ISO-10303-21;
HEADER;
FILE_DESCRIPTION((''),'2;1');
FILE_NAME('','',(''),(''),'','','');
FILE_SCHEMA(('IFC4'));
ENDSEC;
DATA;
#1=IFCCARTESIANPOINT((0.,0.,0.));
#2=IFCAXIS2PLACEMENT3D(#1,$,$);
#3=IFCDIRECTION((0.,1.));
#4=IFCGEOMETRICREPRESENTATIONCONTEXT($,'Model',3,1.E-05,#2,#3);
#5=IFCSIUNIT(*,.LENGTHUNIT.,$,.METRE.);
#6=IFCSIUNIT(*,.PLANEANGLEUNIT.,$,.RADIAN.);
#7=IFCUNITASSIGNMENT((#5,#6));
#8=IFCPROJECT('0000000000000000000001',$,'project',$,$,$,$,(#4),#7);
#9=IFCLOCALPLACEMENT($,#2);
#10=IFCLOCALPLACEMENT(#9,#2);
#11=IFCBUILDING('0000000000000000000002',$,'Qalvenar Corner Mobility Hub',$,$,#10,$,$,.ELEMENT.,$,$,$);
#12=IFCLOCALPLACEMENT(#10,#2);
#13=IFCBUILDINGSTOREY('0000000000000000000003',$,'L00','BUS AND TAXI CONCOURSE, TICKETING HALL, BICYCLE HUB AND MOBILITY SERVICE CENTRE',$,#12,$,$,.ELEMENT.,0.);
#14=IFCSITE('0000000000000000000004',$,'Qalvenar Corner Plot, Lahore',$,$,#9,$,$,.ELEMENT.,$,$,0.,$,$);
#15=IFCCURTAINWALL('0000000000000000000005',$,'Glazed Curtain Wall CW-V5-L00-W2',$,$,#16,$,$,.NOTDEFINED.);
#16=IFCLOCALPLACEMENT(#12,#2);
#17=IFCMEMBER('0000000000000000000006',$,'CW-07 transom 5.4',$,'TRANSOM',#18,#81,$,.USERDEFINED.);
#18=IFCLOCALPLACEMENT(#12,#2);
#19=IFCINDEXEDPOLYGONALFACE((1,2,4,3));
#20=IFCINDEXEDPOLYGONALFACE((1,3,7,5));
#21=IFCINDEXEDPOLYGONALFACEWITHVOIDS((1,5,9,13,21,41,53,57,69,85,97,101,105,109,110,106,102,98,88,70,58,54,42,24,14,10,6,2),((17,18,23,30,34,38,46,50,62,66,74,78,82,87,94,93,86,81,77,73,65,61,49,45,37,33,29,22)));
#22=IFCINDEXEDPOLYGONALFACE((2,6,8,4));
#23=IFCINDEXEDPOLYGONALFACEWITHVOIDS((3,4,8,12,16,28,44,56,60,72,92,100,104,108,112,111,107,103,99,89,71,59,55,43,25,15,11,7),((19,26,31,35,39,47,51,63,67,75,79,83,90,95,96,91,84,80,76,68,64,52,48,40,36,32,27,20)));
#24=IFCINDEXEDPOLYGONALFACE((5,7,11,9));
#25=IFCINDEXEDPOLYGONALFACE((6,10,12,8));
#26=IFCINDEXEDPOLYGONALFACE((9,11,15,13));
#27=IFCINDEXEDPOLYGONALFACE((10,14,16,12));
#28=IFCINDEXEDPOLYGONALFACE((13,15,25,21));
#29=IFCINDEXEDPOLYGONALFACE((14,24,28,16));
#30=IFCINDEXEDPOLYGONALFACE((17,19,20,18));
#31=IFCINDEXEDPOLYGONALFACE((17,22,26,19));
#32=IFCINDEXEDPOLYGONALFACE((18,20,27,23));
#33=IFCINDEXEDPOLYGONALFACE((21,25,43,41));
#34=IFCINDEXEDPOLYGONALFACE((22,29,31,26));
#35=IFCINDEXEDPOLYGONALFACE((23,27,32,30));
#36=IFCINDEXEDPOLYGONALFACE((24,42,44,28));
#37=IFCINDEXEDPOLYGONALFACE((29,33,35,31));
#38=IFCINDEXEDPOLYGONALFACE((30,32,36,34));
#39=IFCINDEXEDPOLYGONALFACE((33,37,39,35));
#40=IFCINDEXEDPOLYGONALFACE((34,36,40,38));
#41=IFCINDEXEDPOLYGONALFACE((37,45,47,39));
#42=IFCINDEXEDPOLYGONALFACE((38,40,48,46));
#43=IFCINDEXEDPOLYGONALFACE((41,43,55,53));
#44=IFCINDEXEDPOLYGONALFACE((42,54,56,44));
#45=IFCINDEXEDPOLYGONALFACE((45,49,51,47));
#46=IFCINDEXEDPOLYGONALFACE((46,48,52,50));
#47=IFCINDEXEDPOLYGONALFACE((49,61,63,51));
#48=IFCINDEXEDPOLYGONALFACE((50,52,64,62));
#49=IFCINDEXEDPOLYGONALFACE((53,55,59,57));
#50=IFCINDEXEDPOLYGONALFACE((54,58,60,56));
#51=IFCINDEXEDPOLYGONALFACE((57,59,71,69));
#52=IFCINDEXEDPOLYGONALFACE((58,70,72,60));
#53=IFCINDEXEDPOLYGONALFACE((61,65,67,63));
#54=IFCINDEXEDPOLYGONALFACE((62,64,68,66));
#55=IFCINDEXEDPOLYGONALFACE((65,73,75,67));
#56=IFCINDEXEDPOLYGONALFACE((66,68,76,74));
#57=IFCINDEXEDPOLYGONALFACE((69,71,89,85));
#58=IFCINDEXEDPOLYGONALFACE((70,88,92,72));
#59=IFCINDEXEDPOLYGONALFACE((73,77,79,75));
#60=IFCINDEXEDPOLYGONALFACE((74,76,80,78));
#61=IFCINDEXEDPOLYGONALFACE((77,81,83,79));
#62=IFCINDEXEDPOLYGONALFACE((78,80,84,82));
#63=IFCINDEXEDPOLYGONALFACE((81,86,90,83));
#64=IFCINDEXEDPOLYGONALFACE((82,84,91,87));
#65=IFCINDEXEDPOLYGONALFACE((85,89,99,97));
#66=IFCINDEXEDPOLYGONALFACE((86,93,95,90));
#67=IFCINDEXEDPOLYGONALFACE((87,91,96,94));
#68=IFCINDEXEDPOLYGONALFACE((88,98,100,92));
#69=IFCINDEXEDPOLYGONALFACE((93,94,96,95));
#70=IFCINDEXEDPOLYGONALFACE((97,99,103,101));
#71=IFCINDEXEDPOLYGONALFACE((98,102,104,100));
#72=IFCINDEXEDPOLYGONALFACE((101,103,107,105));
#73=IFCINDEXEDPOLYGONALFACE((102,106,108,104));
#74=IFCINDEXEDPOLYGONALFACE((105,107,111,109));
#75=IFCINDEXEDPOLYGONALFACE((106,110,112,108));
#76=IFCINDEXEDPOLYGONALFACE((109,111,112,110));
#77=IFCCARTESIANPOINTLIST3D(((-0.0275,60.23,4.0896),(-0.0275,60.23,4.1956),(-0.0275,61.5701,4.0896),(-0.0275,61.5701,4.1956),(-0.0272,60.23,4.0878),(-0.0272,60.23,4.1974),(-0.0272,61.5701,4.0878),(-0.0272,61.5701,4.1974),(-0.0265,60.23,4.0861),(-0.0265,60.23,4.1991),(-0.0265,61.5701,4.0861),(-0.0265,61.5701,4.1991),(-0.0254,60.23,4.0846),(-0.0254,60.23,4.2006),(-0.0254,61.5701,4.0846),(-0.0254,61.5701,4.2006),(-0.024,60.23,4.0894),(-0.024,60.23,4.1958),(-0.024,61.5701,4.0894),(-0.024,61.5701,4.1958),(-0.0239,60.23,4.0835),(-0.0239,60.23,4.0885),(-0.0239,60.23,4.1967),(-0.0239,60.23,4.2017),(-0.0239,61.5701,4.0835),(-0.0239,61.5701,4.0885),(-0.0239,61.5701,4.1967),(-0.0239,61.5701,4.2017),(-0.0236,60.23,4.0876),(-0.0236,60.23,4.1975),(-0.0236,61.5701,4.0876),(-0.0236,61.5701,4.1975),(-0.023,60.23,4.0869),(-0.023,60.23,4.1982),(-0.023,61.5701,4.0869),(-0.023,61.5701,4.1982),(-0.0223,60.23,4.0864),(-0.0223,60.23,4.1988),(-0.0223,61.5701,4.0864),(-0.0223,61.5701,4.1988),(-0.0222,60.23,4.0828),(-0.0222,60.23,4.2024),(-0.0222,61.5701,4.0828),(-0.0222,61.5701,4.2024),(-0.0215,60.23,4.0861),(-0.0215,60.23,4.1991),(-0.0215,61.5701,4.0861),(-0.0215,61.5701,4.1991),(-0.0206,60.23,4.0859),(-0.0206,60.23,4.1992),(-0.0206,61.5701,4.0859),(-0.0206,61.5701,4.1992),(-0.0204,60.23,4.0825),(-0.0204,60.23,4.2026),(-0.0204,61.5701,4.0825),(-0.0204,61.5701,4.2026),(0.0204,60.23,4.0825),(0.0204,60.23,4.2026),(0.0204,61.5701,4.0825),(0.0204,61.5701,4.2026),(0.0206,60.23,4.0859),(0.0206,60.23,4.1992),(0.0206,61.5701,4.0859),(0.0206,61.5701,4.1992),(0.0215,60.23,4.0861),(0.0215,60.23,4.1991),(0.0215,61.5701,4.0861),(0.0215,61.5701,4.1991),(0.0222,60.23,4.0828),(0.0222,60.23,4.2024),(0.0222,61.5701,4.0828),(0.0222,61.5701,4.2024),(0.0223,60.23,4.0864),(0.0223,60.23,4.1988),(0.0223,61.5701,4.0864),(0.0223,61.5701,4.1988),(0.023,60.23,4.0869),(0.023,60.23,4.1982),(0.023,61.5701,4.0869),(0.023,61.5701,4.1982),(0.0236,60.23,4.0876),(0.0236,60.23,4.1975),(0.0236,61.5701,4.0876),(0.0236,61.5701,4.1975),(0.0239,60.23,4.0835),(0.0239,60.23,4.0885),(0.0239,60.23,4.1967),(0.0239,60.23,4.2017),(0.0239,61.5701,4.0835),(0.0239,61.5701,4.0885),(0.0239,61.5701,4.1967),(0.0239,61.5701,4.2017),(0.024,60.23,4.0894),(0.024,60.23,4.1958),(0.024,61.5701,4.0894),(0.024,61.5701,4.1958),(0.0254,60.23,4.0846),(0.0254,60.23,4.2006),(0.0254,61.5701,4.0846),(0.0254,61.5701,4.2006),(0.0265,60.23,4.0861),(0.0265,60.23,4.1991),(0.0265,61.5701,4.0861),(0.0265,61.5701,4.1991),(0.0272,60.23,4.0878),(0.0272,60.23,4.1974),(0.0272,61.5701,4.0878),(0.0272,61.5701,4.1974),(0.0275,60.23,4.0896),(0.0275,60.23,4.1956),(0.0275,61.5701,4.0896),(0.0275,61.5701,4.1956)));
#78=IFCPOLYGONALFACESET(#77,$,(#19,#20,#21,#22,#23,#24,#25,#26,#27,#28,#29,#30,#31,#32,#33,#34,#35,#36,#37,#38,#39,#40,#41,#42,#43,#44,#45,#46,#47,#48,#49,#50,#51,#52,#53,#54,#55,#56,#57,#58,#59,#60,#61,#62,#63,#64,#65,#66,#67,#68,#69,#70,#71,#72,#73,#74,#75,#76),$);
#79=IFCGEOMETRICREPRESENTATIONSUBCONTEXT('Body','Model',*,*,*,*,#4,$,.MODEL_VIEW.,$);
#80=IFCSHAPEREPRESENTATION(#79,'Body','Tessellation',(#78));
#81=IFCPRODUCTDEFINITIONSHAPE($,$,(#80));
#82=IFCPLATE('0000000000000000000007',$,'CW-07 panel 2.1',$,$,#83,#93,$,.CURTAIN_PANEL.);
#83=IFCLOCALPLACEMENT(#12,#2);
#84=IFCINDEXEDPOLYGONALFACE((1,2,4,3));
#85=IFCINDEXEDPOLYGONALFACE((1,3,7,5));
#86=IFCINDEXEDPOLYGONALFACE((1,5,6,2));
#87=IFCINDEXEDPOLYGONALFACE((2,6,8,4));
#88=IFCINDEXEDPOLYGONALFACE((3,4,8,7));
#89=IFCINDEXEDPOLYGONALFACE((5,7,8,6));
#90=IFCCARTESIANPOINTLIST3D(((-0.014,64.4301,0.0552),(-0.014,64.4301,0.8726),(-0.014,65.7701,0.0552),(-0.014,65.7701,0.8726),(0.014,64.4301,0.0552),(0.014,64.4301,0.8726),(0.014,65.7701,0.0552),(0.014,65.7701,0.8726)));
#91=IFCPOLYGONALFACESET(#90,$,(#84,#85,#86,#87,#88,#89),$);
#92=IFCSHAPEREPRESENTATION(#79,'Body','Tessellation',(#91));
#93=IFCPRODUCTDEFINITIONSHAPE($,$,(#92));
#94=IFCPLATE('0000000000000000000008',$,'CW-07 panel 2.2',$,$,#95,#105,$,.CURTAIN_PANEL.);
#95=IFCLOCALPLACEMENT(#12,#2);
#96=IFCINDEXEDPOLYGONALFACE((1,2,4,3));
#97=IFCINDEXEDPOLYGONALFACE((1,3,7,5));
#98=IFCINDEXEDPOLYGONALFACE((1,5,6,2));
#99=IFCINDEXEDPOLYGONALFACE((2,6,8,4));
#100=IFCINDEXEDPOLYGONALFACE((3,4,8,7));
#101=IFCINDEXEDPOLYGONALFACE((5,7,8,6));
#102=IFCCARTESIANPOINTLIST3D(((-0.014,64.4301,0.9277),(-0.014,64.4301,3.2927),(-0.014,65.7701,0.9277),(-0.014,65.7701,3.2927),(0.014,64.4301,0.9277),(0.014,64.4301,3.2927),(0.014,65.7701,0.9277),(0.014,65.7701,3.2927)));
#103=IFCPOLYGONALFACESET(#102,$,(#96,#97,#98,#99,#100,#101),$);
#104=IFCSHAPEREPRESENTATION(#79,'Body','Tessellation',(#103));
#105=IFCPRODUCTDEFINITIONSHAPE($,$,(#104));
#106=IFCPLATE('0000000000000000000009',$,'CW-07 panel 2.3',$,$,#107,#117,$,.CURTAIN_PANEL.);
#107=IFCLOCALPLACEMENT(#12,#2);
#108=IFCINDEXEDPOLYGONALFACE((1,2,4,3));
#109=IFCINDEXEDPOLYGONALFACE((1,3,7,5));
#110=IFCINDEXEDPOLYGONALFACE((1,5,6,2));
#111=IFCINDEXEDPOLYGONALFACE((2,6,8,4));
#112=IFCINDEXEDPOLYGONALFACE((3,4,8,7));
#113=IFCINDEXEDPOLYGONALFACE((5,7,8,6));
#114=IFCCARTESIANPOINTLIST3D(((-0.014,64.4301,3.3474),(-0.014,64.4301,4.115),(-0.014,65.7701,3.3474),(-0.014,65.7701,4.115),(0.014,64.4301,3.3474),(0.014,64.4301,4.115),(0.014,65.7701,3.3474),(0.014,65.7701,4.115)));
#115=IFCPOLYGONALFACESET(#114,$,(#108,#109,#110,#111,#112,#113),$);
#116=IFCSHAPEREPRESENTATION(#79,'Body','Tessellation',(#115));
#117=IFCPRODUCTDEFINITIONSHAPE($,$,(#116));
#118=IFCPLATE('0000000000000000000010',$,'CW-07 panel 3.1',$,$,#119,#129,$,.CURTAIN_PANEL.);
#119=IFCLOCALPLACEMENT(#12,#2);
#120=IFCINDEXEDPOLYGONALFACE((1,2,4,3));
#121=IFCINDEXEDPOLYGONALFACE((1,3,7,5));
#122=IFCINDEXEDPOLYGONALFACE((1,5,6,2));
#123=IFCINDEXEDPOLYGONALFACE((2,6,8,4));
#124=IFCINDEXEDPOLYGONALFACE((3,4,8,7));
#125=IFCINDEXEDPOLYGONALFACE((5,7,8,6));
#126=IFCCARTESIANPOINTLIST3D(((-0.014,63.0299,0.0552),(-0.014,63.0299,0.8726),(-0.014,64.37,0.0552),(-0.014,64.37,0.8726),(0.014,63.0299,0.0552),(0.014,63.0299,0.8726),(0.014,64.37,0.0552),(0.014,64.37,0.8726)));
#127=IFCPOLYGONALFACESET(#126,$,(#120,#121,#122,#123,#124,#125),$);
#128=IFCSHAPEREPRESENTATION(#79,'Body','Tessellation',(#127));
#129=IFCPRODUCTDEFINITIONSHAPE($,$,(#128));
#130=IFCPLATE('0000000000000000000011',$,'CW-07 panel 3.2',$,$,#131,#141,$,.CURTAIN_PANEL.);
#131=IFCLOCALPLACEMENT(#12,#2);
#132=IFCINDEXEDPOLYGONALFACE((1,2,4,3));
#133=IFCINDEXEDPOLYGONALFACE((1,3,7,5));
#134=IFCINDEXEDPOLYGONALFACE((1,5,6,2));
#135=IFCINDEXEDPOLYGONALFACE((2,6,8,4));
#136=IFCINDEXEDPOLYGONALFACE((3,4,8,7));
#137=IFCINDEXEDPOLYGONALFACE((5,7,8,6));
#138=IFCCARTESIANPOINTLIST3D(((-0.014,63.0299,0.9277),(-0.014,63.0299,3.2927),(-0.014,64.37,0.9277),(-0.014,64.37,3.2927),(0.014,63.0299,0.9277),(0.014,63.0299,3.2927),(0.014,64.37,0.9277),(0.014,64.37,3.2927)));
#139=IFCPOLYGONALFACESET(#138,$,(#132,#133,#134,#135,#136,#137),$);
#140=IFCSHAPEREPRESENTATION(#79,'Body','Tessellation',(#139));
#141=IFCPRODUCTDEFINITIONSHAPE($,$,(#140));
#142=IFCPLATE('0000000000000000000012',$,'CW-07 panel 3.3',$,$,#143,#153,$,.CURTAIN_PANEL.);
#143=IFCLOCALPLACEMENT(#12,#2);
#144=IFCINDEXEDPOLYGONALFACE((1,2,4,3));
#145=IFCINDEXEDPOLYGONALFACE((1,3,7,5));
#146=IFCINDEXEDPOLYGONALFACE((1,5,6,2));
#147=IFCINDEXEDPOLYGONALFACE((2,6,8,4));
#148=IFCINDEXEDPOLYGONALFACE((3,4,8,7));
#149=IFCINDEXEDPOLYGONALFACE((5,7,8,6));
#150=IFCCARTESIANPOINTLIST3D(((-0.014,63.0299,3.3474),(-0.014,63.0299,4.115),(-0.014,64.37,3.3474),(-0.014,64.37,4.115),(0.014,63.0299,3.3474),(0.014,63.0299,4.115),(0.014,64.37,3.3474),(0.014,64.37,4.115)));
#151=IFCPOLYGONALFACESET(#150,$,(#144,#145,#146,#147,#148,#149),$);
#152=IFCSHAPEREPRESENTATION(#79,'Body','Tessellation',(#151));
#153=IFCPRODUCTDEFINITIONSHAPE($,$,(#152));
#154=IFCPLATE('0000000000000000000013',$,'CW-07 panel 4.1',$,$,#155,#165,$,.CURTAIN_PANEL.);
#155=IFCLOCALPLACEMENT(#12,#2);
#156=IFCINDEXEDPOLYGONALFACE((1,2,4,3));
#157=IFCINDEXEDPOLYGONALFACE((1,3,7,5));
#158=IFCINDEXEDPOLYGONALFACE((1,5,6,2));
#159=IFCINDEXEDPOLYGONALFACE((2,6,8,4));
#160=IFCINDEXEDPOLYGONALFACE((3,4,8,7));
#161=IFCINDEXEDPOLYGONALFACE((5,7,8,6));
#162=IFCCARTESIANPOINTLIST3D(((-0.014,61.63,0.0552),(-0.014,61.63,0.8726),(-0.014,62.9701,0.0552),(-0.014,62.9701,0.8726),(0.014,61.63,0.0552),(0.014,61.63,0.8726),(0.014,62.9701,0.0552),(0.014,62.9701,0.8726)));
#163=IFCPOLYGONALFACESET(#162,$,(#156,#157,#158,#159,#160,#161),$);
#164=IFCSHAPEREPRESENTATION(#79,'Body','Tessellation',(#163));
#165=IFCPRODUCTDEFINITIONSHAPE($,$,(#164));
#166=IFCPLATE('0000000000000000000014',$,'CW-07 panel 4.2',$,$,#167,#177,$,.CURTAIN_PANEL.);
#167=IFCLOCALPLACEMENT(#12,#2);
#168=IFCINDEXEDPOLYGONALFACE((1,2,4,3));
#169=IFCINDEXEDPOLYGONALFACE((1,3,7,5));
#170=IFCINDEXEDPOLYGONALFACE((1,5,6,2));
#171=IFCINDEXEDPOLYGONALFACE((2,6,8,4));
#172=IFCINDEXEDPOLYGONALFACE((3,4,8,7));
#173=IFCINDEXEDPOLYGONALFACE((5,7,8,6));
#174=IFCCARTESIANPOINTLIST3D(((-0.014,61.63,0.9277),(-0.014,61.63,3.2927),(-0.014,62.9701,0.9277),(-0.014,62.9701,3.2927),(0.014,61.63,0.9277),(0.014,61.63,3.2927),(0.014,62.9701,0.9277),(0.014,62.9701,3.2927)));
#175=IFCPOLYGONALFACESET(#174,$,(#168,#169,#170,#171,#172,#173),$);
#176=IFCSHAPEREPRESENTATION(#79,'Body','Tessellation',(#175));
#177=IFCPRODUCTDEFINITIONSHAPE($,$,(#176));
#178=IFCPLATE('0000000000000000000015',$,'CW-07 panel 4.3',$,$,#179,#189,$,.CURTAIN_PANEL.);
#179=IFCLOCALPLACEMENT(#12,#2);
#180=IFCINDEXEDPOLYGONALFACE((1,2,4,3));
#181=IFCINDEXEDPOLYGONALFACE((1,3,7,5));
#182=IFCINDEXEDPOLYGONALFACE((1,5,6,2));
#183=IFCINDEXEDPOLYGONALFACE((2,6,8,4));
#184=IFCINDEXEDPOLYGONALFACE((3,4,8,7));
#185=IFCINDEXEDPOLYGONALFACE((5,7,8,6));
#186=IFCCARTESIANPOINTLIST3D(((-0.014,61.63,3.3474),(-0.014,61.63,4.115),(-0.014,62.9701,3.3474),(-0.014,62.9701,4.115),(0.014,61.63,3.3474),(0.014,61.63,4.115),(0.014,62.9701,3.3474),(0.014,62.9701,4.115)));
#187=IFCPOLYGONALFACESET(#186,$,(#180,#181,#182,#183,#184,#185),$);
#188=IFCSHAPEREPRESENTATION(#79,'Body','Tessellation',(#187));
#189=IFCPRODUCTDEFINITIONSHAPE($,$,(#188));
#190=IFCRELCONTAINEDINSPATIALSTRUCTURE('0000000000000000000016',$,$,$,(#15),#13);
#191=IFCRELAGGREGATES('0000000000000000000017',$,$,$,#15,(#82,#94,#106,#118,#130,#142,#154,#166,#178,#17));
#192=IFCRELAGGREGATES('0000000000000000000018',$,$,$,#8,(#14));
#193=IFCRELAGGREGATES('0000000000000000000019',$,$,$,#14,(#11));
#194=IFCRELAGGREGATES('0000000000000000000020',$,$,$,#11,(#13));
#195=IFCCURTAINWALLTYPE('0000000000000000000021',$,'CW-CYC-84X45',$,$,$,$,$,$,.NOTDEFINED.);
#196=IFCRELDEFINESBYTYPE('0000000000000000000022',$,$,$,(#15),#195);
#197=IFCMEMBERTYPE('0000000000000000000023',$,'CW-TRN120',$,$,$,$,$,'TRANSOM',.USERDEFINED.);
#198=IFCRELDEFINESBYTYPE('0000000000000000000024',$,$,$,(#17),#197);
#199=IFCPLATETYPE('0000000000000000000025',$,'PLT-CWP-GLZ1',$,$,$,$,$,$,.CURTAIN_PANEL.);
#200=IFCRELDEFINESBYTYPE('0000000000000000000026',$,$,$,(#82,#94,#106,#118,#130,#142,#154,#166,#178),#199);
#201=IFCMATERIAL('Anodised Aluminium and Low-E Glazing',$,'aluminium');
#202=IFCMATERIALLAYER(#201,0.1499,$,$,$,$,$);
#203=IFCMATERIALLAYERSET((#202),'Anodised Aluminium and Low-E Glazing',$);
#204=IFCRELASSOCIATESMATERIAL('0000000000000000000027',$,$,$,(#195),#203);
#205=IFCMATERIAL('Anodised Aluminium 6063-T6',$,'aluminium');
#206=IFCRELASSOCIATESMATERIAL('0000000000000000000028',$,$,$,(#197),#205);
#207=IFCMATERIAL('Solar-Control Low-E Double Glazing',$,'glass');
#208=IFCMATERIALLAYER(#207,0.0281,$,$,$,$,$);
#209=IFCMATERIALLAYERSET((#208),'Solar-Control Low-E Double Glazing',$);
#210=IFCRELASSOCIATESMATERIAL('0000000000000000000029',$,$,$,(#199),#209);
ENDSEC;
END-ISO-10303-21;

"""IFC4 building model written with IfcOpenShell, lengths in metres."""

from ifc_helpers import new_model, si_unit, direction, frame, origin, origin_2d, place, context, subcontext, project, spatial, rectangle, hollow_rectangle, extrude, material, layer, layer_set, material_profile, profile_set, type_object, element, aggregate, save


model = new_model("IFC4")

# Units and contexts
model_context = context("Model", 3, precision=1e-05, world=origin(), true_north=direction((0.0, 1.0)))
body_context = subcontext(model_context, "Body", "Model", "MODEL_VIEW")
ifc_project = project(units=[si_unit("LENGTHUNIT", "METRE"), si_unit("PLANEANGLEUNIT", "RADIAN")], contexts=[model_context])

# Site, building, storey
site_placement = place(None, origin())
site = spatial("IfcSite", under=ifc_project, at=site_placement, Name="Qalvenar Corner Plot, Lahore", CompositionType="ELEMENT", RefElevation=0.0)
building_placement = place(site_placement, origin())
building = spatial("IfcBuilding", under=site, at=building_placement, Name="Qalvenar Corner Mobility Hub", CompositionType="ELEMENT")
storey_placement = place(building_placement, origin())
storey = spatial("IfcBuildingStorey", under=building, at=storey_placement, Name="L00", Description="BUS AND TAXI CONCOURSE, TICKETING HALL, BICYCLE HUB AND MOBILITY SERVICE CENTRE", CompositionType="ELEMENT", Elevation=0.0)

# Curtain wall, member, plates
ifc_material_1 = material(Name="Anodised Aluminium and Low-E Glazing", Category="aluminium")
ifc_layer_1 = layer(ifc_material_1, 0.1499)
ifc_layer_set_1 = layer_set([ifc_layer_1], Name="Anodised Aluminium and Low-E Glazing")
curtain_wall_type = type_object("IfcCurtainWallType", Name="CW-CYC-84X45", PredefinedType="NOTDEFINED", material=ifc_layer_set_1)
curtain_wall_placement = place(storey_placement, origin())
curtain_wall = element("IfcCurtainWall", 1, at=curtain_wall_placement, inside=storey, type_object=curtain_wall_type, Name="Glazed Curtain Wall CW-V5-L00-W2", PredefinedType="NOTDEFINED")
ifc_material_2 = material(Name="Anodised Aluminium 6063-T6", Category="aluminium")
ifc_material_profile_1 = material_profile(ifc_material_2, hollow_rectangle(XDim=0.0549, YDim=0.1201, WallThickness=0.0034, InnerFilletRadius=0.0034, OuterFilletRadius=0.0071, at=origin_2d()), Name="RHS120x55x3.5")
ifc_profile_set_1 = profile_set([ifc_material_profile_1], Name="Anodised Aluminium 6063-T6")
member_type_1 = type_object("IfcMemberType", Name="CW-TRN120", ElementType="TRANSOM", PredefinedType="USERDEFINED", material=ifc_profile_set_1)
member_1_placement = place(storey_placement, frame((0.0, 61.5701, 4.1426), z_axis=(0.0, -1.0, 0.0), x_axis=(1.0, 0.0, 0.0)))
member_1 = element("IfcMember", 2, at=member_1_placement, type_object=member_type_1, Name="CW-07 transom 5.4", ObjectType="TRANSOM", PredefinedType="USERDEFINED", context=body_context, shape_type="SweptSolid", body=[
    extrude(hollow_rectangle(XDim=0.0549, YDim=0.1201, WallThickness=0.0034, InnerFilletRadius=0.0034, OuterFilletRadius=0.0071, at=origin_2d()), origin(), (0.0, 0.0, 1.0), 1.3401),
])
ifc_material_3 = material(Name="Solar-Control Low-E Double Glazing", Category="glass")
ifc_layer_2 = layer(ifc_material_3, 0.0281)
ifc_layer_set_2 = layer_set([ifc_layer_2], Name="Solar-Control Low-E Double Glazing")
plate_type = type_object("IfcPlateType", Name="PLT-CWP-GLZ1", PredefinedType="CURTAIN_PANEL", material=ifc_layer_set_2)
plate_1_placement = place(storey_placement, frame((0.0, 65.1001, 0.0552), z_axis=(0.0, 0.0, 1.0), x_axis=(0.0, -1.0, 0.0)))
plate_1 = element("IfcPlate", 3, at=plate_1_placement, type_object=plate_type, Name="CW-07 panel 2.1", PredefinedType="CURTAIN_PANEL", context=body_context, shape_type="SweptSolid", body=[
    extrude(rectangle(XDim=1.3401, YDim=0.0281, at=origin_2d()), origin(), (0.0, 0.0, 1.0), 0.8174),
])
plate_2_placement = place(storey_placement, frame((0.0, 65.1001, 0.9277), z_axis=(0.0, 0.0, 1.0), x_axis=(0.0, -1.0, 0.0)))
plate_2 = element("IfcPlate", 4, at=plate_2_placement, type_object=plate_type, Name="CW-07 panel 2.2", PredefinedType="CURTAIN_PANEL", context=body_context, shape_type="SweptSolid", body=[
    extrude(rectangle(XDim=1.3401, YDim=0.0281, at=origin_2d()), origin(), (0.0, 0.0, 1.0), 2.365),
])
plate_3_placement = place(storey_placement, frame((0.0, 65.1001, 3.3474), z_axis=(0.0, 0.0, 1.0), x_axis=(0.0, -1.0, 0.0)))
plate_3 = element("IfcPlate", 5, at=plate_3_placement, type_object=plate_type, Name="CW-07 panel 2.3", PredefinedType="CURTAIN_PANEL", context=body_context, shape_type="SweptSolid", body=[
    extrude(rectangle(XDim=1.3401, YDim=0.0281, at=origin_2d()), origin(), (0.0, 0.0, 1.0), 0.7676),
])
plate_4_placement = place(storey_placement, frame((0.0, 63.7, 0.0552), z_axis=(0.0, 0.0, 1.0), x_axis=(0.0, -1.0, 0.0)))
plate_4 = element("IfcPlate", 6, at=plate_4_placement, type_object=plate_type, Name="CW-07 panel 3.1", PredefinedType="CURTAIN_PANEL", context=body_context, shape_type="SweptSolid", body=[
    extrude(rectangle(XDim=1.3401, YDim=0.0281, at=origin_2d()), origin(), (0.0, 0.0, 1.0), 0.8174),
])
plate_5_placement = place(storey_placement, frame((0.0, 63.7, 0.9277), z_axis=(0.0, 0.0, 1.0), x_axis=(0.0, -1.0, 0.0)))
plate_5 = element("IfcPlate", 7, at=plate_5_placement, type_object=plate_type, Name="CW-07 panel 3.2", PredefinedType="CURTAIN_PANEL", context=body_context, shape_type="SweptSolid", body=[
    extrude(rectangle(XDim=1.3401, YDim=0.0281, at=origin_2d()), origin(), (0.0, 0.0, 1.0), 2.365),
])
plate_6_placement = place(storey_placement, frame((0.0, 63.7, 3.3474), z_axis=(0.0, 0.0, 1.0), x_axis=(0.0, -1.0, 0.0)))
plate_6 = element("IfcPlate", 8, at=plate_6_placement, type_object=plate_type, Name="CW-07 panel 3.3", PredefinedType="CURTAIN_PANEL", context=body_context, shape_type="SweptSolid", body=[
    extrude(rectangle(XDim=1.3401, YDim=0.0281, at=origin_2d()), origin(), (0.0, 0.0, 1.0), 0.7676),
])
plate_7_placement = place(storey_placement, frame((0.0, 62.3, 0.0552), z_axis=(0.0, 0.0, 1.0), x_axis=(0.0, -1.0, 0.0)))
plate_7 = element("IfcPlate", 9, at=plate_7_placement, type_object=plate_type, Name="CW-07 panel 4.1", PredefinedType="CURTAIN_PANEL", context=body_context, shape_type="SweptSolid", body=[
    extrude(rectangle(XDim=1.3401, YDim=0.0281, at=origin_2d()), origin(), (0.0, 0.0, 1.0), 0.8174),
])
plate_8_placement = place(storey_placement, frame((0.0, 62.3, 0.9277), z_axis=(0.0, 0.0, 1.0), x_axis=(0.0, -1.0, 0.0)))
plate_8 = element("IfcPlate", 10, at=plate_8_placement, type_object=plate_type, Name="CW-07 panel 4.2", PredefinedType="CURTAIN_PANEL", context=body_context, shape_type="SweptSolid", body=[
    extrude(rectangle(XDim=1.3401, YDim=0.0281, at=origin_2d()), origin(), (0.0, 0.0, 1.0), 2.365),
])
plate_9_placement = place(storey_placement, frame((0.0, 62.3, 3.3474), z_axis=(0.0, 0.0, 1.0), x_axis=(0.0, -1.0, 0.0)))
plate_9 = element("IfcPlate", 11, at=plate_9_placement, type_object=plate_type, Name="CW-07 panel 4.3", PredefinedType="CURTAIN_PANEL", context=body_context, shape_type="SweptSolid", body=[
    extrude(rectangle(XDim=1.3401, YDim=0.0281, at=origin_2d()), origin(), (0.0, 0.0, 1.0), 0.7676),
])
aggregate(curtain_wall, [plate_1, plate_2, plate_3, plate_4, plate_5, plate_6, plate_7, plate_8, plate_9, member_1])

save(model, "model.ifc")
